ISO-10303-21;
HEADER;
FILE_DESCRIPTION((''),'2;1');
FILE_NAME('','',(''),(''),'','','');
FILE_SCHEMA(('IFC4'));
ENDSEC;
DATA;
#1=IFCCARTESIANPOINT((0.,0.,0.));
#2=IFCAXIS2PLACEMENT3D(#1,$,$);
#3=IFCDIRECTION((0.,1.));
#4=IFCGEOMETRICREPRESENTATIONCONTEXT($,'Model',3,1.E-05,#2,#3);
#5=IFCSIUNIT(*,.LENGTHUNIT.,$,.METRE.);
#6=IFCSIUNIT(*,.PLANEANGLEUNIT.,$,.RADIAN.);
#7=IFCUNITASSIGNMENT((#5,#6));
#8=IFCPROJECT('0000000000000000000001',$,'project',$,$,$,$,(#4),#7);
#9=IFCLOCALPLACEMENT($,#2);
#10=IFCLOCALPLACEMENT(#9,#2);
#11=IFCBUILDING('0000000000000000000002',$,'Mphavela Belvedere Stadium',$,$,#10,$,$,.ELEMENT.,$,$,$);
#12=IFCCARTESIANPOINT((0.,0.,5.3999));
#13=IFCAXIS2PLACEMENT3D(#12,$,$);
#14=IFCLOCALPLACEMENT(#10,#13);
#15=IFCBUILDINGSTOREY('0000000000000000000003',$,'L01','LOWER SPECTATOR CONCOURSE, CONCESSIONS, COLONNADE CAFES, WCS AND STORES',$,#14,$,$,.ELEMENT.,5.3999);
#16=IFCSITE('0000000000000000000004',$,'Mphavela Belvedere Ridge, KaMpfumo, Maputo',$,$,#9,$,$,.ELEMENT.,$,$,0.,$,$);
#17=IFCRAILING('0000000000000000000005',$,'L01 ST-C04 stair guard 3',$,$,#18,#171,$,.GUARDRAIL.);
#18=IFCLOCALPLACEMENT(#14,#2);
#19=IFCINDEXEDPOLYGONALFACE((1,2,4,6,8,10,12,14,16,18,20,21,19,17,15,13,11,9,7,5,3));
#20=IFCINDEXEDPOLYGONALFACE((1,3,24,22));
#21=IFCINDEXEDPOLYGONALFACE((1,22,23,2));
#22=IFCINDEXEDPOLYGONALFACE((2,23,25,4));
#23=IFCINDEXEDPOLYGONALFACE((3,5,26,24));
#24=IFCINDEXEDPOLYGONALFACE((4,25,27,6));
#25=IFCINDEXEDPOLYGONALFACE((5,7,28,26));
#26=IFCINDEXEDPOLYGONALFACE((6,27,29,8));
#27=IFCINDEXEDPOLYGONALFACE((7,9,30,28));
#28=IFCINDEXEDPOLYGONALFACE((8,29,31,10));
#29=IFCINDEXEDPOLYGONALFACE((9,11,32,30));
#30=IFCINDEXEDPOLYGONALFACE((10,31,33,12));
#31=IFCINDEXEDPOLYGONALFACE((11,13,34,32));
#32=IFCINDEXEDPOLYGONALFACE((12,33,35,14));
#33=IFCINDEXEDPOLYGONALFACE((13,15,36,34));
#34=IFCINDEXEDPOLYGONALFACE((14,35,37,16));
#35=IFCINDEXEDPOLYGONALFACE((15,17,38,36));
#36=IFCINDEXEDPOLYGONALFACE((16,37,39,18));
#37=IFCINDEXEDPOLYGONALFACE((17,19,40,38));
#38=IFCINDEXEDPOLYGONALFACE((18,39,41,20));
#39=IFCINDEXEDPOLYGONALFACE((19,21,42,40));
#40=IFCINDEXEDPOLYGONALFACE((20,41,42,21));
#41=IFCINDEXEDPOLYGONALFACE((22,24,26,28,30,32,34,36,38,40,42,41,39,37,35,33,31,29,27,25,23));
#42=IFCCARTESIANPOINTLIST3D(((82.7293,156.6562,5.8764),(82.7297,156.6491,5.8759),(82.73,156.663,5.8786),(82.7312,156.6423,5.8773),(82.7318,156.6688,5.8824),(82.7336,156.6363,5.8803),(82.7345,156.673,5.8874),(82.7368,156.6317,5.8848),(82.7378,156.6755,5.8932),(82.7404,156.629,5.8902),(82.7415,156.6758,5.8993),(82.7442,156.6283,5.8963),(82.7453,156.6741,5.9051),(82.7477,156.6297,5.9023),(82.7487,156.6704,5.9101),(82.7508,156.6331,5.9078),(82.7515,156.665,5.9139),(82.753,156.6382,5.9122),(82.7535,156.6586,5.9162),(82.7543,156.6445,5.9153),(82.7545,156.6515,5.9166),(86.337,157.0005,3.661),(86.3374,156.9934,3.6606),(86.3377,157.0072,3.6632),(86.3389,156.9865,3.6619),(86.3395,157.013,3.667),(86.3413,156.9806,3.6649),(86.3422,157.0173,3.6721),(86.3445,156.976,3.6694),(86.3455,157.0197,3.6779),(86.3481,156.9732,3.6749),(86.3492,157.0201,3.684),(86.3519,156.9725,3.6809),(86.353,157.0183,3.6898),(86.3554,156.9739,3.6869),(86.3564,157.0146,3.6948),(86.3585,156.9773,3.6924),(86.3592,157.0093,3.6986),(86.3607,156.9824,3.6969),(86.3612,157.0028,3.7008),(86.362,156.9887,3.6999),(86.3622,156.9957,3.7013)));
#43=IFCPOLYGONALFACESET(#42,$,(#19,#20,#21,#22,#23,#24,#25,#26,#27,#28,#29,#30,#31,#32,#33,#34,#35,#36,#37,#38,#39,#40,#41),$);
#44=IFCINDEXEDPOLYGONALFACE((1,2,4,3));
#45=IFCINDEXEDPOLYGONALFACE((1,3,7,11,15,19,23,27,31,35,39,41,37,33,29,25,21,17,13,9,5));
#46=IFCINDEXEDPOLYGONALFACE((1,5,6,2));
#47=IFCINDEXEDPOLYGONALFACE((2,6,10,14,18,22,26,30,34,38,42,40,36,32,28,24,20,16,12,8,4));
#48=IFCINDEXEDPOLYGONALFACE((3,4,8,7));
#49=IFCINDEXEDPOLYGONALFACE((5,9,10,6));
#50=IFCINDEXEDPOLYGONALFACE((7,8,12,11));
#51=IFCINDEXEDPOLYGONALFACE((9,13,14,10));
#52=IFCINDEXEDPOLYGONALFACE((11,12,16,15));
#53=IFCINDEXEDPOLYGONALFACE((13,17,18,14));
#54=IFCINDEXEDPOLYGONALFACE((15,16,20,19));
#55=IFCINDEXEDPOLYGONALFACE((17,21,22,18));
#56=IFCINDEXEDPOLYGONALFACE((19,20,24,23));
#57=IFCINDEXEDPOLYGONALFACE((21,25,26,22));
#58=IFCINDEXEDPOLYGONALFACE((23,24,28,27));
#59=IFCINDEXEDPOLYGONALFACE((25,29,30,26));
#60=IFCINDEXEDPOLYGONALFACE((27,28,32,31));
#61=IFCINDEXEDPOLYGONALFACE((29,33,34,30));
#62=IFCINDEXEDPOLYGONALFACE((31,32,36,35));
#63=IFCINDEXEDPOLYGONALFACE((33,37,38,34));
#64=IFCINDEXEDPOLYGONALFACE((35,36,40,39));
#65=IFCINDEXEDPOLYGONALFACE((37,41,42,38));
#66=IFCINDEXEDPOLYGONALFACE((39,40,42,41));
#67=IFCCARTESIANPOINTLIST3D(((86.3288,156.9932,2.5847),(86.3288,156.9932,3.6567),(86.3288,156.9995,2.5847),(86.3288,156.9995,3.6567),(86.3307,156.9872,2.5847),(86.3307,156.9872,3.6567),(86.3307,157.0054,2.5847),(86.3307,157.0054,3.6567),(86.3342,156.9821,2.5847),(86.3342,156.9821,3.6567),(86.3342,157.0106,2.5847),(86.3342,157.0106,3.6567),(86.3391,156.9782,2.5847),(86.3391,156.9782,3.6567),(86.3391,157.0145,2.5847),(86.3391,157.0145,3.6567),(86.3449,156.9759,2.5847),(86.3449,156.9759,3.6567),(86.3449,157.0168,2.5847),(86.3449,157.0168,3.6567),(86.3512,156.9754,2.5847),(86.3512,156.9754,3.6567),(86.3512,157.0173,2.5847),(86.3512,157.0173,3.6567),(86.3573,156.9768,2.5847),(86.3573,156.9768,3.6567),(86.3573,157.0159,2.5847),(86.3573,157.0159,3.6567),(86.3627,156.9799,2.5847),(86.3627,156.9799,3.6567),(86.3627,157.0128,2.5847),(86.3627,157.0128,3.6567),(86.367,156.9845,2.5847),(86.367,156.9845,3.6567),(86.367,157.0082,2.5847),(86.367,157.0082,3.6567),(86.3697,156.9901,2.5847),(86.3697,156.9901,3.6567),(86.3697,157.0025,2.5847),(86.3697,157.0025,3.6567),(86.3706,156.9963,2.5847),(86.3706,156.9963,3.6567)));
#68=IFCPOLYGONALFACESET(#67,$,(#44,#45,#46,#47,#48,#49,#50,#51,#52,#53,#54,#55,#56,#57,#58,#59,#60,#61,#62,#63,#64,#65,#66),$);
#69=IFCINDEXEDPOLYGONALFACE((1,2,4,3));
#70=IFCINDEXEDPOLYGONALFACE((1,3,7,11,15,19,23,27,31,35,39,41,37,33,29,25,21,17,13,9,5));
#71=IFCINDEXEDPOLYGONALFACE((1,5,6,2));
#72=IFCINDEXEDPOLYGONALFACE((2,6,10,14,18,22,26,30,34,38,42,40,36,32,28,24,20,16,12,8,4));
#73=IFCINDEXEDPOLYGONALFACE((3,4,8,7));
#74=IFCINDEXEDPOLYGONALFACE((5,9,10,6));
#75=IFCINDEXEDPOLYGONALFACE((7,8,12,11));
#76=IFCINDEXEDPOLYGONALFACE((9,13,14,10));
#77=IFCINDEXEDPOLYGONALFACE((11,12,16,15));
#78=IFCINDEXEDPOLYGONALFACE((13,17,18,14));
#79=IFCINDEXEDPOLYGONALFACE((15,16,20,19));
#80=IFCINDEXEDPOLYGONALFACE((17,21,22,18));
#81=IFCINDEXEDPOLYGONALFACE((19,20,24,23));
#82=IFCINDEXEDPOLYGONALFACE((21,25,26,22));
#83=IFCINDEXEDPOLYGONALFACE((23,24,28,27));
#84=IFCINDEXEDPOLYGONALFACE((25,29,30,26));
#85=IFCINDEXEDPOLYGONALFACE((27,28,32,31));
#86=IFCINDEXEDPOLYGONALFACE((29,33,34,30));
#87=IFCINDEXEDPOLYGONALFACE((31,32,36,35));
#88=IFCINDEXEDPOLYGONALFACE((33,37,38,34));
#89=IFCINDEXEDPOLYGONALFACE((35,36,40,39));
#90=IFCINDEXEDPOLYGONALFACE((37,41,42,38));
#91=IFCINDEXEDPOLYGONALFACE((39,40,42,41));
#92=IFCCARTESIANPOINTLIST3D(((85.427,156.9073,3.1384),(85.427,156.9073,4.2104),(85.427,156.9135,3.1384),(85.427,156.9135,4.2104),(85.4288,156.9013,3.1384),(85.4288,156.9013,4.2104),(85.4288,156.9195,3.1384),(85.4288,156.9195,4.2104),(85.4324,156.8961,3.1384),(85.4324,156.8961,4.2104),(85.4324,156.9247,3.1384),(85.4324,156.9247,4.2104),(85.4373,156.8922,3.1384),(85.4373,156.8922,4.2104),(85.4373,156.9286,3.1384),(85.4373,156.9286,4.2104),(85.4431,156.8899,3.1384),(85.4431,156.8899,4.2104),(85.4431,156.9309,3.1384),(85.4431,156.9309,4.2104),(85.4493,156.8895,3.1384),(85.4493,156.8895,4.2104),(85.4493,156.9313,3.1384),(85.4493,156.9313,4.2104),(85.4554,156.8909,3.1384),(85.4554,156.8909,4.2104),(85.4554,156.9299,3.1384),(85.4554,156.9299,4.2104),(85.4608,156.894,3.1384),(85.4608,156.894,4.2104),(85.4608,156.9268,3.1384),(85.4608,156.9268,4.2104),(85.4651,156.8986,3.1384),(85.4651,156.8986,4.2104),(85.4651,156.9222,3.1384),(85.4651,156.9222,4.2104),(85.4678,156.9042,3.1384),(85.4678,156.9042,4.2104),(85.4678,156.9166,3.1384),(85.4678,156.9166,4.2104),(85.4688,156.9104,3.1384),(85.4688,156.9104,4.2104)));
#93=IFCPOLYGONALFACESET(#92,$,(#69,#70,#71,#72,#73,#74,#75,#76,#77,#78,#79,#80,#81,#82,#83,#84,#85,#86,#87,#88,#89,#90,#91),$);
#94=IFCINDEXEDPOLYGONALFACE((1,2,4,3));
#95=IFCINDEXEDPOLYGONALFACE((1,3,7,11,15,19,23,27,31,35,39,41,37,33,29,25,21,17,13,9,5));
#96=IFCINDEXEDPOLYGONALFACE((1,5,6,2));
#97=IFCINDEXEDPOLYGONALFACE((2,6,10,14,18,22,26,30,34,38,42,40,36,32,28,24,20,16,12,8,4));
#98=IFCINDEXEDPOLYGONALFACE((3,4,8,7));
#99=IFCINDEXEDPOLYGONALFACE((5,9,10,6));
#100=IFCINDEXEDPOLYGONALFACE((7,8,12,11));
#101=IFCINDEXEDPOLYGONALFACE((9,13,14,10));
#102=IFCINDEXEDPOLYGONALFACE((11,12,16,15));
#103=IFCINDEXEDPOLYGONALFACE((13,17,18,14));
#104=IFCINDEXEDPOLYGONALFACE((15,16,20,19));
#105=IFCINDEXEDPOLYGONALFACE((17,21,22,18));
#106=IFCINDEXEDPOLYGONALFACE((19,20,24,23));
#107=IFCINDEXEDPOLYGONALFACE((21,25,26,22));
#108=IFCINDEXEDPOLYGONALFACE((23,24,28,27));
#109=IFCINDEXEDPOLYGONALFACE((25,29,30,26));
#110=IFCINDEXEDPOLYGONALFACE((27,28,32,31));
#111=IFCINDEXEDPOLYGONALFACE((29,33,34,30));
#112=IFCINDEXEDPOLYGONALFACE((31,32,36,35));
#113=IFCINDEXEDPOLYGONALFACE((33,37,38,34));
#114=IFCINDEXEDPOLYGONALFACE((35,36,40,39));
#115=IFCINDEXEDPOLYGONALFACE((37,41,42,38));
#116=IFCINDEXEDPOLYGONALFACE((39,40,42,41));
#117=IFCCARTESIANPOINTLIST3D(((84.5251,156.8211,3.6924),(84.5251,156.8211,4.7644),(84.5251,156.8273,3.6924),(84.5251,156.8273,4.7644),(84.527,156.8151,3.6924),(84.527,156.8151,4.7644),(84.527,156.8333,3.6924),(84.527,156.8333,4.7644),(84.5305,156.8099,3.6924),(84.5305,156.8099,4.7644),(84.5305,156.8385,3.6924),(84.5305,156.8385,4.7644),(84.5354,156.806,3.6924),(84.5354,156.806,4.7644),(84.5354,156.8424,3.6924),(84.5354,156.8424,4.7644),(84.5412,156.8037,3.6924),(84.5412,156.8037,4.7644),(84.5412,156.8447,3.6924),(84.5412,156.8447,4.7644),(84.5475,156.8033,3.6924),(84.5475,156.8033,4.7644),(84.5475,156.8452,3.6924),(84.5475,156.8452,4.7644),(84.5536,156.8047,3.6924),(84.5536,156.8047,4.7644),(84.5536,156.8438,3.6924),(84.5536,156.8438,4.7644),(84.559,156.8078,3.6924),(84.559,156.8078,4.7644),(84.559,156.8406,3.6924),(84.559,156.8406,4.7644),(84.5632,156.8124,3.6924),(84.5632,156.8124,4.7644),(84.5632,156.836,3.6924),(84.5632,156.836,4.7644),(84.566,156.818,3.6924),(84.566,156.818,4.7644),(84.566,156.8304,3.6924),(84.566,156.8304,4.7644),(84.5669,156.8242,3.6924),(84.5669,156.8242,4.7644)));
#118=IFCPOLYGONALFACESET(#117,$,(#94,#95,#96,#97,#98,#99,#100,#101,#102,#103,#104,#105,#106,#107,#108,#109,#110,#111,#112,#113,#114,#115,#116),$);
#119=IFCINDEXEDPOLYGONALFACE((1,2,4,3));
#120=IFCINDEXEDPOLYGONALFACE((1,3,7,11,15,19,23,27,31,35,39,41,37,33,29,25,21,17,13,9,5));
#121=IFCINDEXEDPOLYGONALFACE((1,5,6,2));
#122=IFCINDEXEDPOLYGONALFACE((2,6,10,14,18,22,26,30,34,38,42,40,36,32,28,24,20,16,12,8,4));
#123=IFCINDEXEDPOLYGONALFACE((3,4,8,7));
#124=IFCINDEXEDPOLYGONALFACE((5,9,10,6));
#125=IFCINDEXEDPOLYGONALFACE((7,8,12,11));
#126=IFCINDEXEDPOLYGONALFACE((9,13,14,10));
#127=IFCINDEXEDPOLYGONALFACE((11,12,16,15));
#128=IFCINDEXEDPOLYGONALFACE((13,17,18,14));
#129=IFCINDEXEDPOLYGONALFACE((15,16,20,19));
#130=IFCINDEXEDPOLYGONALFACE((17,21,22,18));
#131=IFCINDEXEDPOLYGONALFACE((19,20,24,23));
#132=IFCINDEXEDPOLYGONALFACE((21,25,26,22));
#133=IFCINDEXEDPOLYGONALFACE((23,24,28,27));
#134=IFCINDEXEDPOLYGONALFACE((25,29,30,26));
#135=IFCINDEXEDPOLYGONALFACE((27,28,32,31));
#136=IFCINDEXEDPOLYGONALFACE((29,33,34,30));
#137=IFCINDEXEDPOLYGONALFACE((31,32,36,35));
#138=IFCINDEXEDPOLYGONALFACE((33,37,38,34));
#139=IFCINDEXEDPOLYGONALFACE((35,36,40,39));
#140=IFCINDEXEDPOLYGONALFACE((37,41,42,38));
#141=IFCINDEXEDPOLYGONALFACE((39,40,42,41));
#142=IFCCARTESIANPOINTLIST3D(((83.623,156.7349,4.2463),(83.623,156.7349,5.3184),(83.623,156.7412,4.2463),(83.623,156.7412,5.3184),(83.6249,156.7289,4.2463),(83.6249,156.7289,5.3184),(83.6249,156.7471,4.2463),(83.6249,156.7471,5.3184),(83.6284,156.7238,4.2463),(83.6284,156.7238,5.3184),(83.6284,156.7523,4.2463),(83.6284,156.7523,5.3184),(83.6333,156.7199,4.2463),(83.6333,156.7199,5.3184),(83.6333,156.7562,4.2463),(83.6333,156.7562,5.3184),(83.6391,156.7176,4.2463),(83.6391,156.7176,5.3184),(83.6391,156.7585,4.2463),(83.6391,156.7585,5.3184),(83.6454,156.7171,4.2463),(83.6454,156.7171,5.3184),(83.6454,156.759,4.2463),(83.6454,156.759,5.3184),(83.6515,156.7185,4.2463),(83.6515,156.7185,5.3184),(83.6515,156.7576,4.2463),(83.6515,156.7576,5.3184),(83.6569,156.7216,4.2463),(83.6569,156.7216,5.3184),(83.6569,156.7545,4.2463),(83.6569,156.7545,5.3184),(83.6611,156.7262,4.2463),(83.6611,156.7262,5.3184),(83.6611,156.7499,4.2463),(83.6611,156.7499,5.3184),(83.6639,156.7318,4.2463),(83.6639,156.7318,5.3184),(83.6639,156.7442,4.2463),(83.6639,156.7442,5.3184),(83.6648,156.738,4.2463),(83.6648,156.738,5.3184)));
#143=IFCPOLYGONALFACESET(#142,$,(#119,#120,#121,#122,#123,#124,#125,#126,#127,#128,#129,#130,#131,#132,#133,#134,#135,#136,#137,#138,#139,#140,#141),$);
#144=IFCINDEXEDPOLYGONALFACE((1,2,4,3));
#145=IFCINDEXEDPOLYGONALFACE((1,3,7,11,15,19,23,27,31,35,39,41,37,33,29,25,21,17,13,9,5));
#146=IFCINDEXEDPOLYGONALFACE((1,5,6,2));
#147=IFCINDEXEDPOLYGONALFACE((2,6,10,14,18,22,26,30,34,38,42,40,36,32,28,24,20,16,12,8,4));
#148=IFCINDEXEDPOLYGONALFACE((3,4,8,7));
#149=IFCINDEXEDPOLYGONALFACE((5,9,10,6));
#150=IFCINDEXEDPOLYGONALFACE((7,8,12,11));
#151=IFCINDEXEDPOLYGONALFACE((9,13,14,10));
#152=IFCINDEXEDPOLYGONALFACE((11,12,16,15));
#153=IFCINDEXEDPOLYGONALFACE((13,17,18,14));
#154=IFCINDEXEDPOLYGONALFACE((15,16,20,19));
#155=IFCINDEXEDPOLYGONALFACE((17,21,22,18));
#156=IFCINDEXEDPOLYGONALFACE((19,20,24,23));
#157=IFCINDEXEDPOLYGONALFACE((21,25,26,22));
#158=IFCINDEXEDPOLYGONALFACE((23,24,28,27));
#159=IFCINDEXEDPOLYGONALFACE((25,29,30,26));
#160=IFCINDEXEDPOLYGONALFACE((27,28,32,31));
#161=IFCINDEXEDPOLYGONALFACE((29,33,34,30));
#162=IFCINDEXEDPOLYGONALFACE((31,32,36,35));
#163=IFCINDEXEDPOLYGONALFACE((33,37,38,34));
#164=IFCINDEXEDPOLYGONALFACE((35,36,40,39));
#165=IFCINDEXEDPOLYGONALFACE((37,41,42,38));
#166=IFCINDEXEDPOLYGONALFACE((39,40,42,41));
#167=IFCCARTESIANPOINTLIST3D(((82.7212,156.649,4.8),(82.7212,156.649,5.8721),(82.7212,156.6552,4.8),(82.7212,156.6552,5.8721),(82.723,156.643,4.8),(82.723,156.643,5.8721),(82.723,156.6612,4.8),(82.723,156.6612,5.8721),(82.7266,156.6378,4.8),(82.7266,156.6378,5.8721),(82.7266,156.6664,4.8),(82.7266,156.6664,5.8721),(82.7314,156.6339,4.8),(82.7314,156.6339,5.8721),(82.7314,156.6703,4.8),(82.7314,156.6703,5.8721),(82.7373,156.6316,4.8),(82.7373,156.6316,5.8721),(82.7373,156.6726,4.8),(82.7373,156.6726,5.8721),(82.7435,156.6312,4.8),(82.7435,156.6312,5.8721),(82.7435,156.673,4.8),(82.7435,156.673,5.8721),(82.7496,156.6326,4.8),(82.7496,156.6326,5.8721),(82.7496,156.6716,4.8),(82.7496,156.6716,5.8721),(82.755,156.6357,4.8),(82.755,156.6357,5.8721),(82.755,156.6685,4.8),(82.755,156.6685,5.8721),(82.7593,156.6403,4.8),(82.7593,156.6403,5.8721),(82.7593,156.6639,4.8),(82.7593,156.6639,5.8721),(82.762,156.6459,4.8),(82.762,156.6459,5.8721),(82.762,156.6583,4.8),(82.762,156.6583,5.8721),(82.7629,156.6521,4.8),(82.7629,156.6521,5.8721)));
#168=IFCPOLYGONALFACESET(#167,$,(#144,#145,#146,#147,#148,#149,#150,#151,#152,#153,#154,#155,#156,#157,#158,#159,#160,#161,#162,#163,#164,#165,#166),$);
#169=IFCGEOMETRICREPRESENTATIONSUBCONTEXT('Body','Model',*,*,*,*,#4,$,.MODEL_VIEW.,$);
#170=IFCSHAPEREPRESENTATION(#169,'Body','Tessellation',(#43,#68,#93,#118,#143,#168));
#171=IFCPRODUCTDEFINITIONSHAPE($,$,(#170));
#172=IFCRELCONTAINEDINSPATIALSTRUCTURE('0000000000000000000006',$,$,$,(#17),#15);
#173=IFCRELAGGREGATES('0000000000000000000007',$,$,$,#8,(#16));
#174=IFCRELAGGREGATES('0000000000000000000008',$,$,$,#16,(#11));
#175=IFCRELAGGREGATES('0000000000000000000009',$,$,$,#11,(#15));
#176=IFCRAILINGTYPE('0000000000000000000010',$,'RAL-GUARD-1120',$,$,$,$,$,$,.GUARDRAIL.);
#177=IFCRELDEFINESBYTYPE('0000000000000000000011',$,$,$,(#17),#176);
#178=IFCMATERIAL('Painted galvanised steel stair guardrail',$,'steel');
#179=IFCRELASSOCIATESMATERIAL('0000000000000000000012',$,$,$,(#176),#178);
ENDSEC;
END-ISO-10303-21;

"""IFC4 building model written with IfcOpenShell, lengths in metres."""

from ifc_helpers import new_model, si_unit, direction, frame, origin, origin_2d, place, context, subcontext, project, spatial, circle, extrude, material, type_object, element, save


model = new_model("IFC4")

# Units and contexts
model_context = context("Model", 3, precision=1e-05, world=origin(), true_north=direction((0.0, 1.0)))
body_context = subcontext(model_context, "Body", "Model", "MODEL_VIEW")
ifc_project = project(units=[si_unit("LENGTHUNIT", "METRE"), si_unit("PLANEANGLEUNIT", "RADIAN")], contexts=[model_context])

# Site, building, storey
site_placement = place(None, origin())
site = spatial("IfcSite", under=ifc_project, at=site_placement, Name="Mphavela Belvedere Ridge, KaMpfumo, Maputo", CompositionType="ELEMENT", RefElevation=0.0)
building_placement = place(site_placement, origin())
building = spatial("IfcBuilding", under=site, at=building_placement, Name="Mphavela Belvedere Stadium", CompositionType="ELEMENT")
storey_placement = place(building_placement, frame((0.0, 0.0, 5.3999)))
storey = spatial("IfcBuildingStorey", under=building, at=storey_placement, Name="L01", Description="LOWER SPECTATOR CONCOURSE, CONCESSIONS, COLONNADE CAFES, WCS AND STORES", CompositionType="ELEMENT", Elevation=5.3999)

# Railing
ifc_material_1 = material(Name="Painted galvanised steel stair guardrail", Category="steel")
railing_type_1 = type_object("IfcRailingType", Name="RAL-GUARD-1120", PredefinedType="GUARDRAIL", material=ifc_material_1)
railing_1_placement = place(storey_placement, frame((86.3496, 156.9963, 2.5847)))
element("IfcRailing", 1, at=railing_1_placement, inside=storey, type_object=railing_type_1, Name="L01 ST-C04 stair guard 3", PredefinedType="GUARDRAIL", context=body_context, shape_type="SweptSolid", body=[
    extrude(circle(Radius=0.0239, at=origin_2d()), frame((0.0, 0.0, 1.0962), z_axis=(-0.849358, -0.081044, 0.521559), x_axis=(0.094987, -0.995479, 0.0)), (0.0, 0.0, 1.0), 4.2476),
    extrude(circle(Radius=0.021, at=origin_2d()), origin(), (0.0, 0.0, 1.0), 1.072),
    extrude(circle(Radius=0.021, at=origin_2d()), frame((-0.9019, -0.0859, 0.5537)), (0.0, 0.0, 1.0), 1.072),
    extrude(circle(Radius=0.021, at=origin_2d()), frame((-1.8037, -0.1721, 1.1077)), (0.0, 0.0, 1.0), 1.072),
    extrude(circle(Radius=0.021, at=origin_2d()), frame((-2.7058, -0.2583, 1.6616)), (0.0, 0.0, 1.0), 1.072),
    extrude(circle(Radius=0.021, at=origin_2d()), frame((-3.6077, -0.3442, 2.2153)), (0.0, 0.0, 1.0), 1.072),
])

save(model, "model.ifc")
